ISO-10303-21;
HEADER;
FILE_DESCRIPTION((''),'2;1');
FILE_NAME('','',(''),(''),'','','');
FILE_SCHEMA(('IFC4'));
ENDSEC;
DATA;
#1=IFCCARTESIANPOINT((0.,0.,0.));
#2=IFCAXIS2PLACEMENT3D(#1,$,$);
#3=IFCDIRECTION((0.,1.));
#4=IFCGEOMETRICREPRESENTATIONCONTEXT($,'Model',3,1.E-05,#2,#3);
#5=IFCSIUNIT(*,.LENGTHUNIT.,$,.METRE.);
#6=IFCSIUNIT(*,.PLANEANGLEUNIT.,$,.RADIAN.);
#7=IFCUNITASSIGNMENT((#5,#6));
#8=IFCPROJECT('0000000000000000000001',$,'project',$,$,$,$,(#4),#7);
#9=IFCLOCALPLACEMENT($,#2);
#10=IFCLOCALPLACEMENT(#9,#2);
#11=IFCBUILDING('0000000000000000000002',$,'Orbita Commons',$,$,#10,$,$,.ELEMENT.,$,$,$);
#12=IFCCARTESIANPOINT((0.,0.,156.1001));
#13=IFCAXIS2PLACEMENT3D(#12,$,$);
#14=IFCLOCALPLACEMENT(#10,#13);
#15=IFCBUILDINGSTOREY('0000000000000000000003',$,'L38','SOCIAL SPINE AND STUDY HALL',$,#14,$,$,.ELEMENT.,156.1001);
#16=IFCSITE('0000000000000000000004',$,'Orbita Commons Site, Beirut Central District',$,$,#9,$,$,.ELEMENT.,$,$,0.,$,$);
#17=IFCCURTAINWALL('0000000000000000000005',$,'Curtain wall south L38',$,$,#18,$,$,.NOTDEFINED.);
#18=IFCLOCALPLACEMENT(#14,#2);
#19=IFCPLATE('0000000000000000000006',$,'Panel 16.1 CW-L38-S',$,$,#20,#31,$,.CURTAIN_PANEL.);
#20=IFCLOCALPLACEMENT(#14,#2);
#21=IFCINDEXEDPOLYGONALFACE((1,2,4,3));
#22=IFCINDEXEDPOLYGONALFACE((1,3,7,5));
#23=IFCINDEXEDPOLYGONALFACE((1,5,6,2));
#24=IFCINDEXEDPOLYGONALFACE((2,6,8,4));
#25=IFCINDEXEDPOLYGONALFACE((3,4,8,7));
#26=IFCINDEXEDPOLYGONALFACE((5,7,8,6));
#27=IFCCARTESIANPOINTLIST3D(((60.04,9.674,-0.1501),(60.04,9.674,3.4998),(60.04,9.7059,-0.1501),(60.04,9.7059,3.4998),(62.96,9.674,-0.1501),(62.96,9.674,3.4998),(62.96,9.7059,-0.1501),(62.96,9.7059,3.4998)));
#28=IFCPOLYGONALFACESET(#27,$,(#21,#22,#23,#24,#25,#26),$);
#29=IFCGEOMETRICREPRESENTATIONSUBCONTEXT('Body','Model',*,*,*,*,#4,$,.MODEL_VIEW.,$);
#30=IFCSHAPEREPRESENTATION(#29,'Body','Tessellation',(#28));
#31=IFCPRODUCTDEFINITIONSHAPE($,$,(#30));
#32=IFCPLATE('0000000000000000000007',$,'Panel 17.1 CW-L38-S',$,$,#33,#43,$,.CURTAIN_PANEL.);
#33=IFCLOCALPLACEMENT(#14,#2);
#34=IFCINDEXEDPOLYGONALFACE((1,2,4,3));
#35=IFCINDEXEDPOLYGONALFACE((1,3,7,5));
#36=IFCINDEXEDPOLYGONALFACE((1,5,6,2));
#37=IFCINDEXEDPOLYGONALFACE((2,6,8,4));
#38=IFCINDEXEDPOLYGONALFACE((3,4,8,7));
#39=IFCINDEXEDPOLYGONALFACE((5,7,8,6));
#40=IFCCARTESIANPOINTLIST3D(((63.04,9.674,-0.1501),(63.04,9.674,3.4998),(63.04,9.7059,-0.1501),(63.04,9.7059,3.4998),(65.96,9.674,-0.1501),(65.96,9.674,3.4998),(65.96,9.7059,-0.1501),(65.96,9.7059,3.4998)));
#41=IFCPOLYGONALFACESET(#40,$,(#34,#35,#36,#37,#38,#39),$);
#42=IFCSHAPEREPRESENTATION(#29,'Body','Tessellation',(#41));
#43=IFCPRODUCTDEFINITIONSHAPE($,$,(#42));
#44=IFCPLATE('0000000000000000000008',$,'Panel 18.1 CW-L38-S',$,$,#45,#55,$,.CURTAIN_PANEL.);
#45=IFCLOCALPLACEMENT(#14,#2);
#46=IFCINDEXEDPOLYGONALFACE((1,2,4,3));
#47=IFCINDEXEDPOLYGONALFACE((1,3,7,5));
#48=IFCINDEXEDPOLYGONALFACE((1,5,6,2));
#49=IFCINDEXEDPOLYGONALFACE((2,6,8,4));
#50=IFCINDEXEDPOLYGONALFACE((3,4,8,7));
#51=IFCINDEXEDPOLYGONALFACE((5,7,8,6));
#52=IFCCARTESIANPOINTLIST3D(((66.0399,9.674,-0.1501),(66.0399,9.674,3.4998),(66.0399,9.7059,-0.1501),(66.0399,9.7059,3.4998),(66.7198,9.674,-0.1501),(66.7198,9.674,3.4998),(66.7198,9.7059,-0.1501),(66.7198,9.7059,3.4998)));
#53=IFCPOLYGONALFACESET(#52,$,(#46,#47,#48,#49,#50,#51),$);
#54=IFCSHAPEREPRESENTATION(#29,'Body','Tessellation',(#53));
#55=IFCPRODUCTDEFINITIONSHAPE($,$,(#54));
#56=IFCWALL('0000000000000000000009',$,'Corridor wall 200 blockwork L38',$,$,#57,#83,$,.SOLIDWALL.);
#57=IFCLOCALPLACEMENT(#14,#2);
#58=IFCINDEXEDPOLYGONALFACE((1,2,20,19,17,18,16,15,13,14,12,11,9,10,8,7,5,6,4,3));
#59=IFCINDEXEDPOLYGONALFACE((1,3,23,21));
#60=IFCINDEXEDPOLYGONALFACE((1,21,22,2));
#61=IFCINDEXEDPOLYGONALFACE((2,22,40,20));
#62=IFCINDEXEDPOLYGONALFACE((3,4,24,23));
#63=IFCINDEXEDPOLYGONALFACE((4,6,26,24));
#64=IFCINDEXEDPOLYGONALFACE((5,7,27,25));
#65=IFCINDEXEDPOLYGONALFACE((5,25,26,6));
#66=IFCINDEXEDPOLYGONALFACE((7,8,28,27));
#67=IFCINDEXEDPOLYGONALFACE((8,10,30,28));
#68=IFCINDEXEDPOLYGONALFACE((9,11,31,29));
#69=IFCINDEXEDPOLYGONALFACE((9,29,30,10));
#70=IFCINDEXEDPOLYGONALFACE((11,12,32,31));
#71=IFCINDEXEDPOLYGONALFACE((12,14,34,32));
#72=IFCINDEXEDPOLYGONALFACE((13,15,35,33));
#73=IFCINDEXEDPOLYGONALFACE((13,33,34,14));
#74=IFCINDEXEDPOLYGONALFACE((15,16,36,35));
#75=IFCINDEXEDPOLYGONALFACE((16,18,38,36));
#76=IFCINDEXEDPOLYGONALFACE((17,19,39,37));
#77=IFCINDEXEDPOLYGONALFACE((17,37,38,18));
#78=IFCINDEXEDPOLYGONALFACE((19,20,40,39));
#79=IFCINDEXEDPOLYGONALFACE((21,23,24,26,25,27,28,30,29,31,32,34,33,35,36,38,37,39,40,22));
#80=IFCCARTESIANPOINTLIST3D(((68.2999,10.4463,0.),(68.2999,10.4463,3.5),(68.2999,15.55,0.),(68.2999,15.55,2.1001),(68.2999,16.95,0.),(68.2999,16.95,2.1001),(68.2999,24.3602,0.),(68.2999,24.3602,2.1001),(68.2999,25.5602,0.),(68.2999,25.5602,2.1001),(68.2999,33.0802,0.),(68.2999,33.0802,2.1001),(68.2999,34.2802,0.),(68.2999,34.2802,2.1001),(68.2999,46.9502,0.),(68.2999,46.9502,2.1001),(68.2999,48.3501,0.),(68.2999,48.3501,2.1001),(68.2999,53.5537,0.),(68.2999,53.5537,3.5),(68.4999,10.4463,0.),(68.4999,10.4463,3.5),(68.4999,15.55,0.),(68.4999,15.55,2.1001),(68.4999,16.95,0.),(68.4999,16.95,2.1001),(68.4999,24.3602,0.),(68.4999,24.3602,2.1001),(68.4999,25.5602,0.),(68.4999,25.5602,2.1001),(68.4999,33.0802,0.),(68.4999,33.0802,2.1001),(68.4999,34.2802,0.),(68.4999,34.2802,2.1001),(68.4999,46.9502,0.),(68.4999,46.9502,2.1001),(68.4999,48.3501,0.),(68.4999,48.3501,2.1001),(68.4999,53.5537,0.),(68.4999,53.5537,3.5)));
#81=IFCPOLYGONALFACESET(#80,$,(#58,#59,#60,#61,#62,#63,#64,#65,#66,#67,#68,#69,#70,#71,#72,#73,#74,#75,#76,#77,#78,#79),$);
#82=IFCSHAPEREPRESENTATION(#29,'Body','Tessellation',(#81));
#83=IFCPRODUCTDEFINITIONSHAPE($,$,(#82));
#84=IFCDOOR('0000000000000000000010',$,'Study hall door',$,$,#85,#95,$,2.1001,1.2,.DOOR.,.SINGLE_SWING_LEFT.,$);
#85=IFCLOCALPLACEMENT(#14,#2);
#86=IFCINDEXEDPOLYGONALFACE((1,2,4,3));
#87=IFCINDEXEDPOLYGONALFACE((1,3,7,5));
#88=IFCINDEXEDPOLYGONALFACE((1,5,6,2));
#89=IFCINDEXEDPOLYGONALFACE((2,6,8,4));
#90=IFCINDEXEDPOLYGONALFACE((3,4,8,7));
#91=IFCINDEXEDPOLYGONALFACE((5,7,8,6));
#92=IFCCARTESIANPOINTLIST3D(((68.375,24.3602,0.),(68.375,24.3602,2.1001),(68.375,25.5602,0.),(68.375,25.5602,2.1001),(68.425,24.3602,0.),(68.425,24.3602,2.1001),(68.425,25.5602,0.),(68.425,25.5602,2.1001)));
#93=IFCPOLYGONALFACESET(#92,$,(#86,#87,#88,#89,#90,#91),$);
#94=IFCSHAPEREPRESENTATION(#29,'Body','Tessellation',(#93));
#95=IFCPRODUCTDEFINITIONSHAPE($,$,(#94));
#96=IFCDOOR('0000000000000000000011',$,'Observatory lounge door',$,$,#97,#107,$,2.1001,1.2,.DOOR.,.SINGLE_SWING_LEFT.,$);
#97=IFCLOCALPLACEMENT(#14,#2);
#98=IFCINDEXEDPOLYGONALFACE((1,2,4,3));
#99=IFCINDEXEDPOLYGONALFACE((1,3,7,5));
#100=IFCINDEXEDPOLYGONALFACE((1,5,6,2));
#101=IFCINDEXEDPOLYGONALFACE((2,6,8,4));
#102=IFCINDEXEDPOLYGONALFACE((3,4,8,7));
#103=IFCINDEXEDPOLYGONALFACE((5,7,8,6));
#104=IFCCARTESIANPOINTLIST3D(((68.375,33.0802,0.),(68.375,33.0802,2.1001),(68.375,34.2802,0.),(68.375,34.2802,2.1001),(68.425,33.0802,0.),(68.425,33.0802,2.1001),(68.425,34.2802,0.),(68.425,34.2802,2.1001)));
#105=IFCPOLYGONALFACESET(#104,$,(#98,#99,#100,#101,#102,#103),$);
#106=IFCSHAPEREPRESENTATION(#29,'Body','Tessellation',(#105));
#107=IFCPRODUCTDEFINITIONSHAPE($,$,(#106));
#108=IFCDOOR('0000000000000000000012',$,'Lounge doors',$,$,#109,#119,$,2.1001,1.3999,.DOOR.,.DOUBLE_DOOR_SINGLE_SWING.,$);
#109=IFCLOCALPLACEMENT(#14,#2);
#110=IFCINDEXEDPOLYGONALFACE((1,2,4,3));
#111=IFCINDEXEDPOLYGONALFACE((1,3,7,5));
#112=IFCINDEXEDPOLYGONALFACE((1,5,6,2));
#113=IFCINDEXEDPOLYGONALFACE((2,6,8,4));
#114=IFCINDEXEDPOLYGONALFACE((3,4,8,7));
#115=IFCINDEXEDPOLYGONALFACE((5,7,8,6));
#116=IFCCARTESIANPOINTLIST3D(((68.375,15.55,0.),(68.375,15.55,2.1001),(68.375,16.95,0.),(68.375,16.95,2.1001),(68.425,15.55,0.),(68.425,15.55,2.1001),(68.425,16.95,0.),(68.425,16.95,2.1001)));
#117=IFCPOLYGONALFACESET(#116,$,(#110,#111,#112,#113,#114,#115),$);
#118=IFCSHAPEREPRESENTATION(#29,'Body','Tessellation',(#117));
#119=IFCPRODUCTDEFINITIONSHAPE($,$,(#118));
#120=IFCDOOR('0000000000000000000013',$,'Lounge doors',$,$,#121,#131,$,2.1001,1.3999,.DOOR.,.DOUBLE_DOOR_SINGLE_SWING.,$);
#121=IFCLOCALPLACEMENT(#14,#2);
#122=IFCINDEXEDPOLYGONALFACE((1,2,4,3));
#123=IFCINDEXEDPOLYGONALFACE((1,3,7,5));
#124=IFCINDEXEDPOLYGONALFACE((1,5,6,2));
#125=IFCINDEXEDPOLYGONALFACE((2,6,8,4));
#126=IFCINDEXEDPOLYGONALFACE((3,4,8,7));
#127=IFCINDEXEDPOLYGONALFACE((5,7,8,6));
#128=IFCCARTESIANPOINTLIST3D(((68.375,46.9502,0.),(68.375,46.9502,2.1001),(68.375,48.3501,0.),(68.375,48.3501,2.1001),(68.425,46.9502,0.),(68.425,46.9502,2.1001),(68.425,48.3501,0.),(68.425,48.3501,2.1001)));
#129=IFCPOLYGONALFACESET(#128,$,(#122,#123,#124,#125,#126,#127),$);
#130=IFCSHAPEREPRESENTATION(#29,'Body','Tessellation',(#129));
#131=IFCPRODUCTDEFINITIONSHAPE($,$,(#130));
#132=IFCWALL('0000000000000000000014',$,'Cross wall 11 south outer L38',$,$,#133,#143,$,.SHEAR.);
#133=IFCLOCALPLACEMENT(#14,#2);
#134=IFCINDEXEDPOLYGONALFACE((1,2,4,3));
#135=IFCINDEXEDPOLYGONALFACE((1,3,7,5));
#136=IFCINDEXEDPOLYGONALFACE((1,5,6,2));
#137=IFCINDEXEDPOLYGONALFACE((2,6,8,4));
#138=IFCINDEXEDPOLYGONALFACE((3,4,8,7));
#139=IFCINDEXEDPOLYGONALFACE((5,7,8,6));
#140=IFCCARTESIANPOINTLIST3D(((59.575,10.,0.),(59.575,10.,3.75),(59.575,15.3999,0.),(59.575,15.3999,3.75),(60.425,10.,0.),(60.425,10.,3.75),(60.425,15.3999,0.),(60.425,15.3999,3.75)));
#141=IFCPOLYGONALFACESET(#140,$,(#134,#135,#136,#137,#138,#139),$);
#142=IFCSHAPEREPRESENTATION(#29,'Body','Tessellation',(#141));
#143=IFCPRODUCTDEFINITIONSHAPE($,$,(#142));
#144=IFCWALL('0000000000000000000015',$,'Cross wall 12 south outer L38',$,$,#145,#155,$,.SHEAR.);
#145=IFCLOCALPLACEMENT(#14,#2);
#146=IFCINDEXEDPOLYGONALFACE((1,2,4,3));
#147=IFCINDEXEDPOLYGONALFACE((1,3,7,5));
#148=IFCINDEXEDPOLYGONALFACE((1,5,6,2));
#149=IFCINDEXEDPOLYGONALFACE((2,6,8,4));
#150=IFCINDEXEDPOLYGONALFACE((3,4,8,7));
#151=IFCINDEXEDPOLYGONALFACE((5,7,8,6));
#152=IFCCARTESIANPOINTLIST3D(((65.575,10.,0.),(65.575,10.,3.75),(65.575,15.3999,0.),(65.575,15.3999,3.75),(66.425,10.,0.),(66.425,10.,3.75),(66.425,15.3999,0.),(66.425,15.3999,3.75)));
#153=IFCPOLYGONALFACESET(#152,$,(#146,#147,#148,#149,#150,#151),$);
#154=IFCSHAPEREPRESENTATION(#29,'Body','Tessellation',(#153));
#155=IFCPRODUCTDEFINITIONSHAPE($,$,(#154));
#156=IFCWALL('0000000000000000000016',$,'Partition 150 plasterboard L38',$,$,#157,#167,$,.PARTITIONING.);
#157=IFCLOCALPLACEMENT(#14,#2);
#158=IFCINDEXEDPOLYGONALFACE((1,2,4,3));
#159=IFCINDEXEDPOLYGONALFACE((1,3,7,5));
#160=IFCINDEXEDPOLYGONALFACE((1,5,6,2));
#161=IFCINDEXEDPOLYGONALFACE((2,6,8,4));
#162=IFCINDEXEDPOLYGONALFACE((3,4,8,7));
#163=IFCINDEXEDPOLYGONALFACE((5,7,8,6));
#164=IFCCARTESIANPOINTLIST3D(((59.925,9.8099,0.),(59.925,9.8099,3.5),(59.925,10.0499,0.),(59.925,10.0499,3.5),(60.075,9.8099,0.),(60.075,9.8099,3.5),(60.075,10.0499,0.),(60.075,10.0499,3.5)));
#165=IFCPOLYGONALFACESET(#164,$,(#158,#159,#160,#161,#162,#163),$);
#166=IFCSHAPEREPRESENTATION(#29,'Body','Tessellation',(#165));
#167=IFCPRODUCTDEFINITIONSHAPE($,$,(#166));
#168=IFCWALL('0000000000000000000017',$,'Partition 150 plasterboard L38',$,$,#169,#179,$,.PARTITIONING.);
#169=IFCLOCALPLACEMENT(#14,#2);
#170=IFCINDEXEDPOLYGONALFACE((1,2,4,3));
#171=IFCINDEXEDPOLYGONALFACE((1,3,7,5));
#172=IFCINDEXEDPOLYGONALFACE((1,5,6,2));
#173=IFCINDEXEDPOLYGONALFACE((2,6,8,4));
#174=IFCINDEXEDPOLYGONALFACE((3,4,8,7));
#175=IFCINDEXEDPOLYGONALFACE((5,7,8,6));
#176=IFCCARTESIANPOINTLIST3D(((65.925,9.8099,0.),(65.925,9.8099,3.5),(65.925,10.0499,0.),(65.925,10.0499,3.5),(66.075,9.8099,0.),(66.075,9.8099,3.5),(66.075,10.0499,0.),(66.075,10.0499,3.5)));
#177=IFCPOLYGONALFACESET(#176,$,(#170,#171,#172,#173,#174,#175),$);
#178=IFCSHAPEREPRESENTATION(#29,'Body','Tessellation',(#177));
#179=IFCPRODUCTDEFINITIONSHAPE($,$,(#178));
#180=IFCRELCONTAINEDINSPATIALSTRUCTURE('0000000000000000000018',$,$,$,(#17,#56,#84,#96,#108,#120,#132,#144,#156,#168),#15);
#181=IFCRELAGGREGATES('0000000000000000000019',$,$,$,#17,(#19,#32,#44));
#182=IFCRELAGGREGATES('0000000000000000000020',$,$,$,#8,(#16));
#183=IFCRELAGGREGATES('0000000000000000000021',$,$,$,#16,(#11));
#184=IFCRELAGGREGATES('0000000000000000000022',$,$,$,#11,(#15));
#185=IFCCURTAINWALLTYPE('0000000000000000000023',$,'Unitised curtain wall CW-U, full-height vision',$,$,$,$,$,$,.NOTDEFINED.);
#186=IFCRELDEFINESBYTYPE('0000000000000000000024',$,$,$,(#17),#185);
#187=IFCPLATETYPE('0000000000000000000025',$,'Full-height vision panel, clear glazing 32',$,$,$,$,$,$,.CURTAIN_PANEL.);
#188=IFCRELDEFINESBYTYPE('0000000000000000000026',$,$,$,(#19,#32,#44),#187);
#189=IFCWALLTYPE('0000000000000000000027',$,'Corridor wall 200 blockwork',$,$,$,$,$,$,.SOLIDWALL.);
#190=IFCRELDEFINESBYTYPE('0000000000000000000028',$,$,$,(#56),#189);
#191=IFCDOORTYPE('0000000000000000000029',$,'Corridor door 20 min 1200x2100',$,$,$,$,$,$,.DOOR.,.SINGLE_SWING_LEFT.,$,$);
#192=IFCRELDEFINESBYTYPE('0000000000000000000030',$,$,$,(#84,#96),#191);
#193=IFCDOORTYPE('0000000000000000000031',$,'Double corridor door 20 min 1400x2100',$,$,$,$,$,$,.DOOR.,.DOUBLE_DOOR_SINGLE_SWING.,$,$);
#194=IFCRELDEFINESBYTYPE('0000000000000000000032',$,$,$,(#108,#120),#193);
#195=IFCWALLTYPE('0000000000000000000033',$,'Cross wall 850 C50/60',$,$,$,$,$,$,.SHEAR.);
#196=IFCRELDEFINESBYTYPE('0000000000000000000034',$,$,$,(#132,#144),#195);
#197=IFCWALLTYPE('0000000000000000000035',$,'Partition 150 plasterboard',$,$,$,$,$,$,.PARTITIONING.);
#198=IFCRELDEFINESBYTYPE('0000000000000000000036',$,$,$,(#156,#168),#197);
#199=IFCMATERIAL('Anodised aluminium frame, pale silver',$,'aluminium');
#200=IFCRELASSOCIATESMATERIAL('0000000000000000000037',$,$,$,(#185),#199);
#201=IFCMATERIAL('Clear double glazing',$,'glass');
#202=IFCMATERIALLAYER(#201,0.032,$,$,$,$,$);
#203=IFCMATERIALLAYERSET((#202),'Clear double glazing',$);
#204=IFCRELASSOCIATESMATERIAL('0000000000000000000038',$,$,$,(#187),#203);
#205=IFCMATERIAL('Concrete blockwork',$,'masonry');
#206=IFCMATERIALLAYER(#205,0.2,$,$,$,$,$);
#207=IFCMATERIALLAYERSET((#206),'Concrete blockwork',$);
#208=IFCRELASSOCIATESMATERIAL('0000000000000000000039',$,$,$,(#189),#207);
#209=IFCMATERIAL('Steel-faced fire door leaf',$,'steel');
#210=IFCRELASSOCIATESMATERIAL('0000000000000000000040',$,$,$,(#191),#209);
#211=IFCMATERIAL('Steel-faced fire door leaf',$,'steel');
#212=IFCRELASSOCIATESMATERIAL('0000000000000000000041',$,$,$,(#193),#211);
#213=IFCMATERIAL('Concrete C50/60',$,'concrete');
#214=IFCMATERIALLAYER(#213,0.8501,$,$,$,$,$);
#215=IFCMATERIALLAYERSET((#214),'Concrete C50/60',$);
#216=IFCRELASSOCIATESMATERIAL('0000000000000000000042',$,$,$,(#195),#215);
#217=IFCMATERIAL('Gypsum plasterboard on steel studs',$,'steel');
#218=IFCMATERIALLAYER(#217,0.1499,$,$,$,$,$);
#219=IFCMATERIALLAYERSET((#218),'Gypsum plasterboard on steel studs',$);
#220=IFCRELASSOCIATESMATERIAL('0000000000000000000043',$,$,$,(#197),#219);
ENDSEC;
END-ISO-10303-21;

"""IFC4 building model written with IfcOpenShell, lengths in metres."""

from ifc_helpers import new_model, si_unit, direction, frame, frame_2d, origin, origin_2d, place, context, subcontext, project, spatial, rectangle, extrude, material, layer, layer_set, type_object, element, fill, aggregate, save


model = new_model("IFC4")

# Units and contexts
model_context = context("Model", 3, precision=1e-05, world=origin(), true_north=direction((0.0, 1.0)))
body_context = subcontext(model_context, "Body", "Model", "MODEL_VIEW")
ifc_project = project(units=[si_unit("LENGTHUNIT", "METRE"), si_unit("PLANEANGLEUNIT", "RADIAN")], contexts=[model_context])

# Site, building, storey
site_placement = place(None, origin())
site = spatial("IfcSite", under=ifc_project, at=site_placement, Name="Orbita Commons Site, Beirut Central District", CompositionType="ELEMENT", RefElevation=0.0)
building_placement = place(site_placement, origin())
building = spatial("IfcBuilding", under=site, at=building_placement, Name="Orbita Commons", CompositionType="ELEMENT")
storey_placement = place(building_placement, frame((0.0, 0.0, 156.1001)))
storey = spatial("IfcBuildingStorey", under=building, at=storey_placement, Name="L38", Description="SOCIAL SPINE AND STUDY HALL", CompositionType="ELEMENT", Elevation=156.1001)

# Curtain wall
ifc_material_1 = material(Name="Anodised aluminium frame, pale silver", Category="aluminium")
curtain_wall_type = type_object("IfcCurtainWallType", Name="Unitised curtain wall CW-U, full-height vision", PredefinedType="NOTDEFINED", material=ifc_material_1)
curtain_wall_placement = place(storey_placement, origin())
curtain_wall = element("IfcCurtainWall", 1, at=curtain_wall_placement, inside=storey, type_object=curtain_wall_type, Name="Curtain wall south L38", PredefinedType="NOTDEFINED")

# Plates
ifc_material_2 = material(Name="Clear double glazing", Category="glass")
ifc_layer_1 = layer(ifc_material_2, 0.032)
ifc_layer_set_1 = layer_set([ifc_layer_1], Name="Clear double glazing")
plate_type = type_object("IfcPlateType", Name="Full-height vision panel, clear glazing 32", PredefinedType="CURTAIN_PANEL", material=ifc_layer_set_1)
plate_1_placement = place(storey_placement, frame((61.5, 9.6899, -0.1501), z_axis=(0.0, 0.0, 1.0), x_axis=(1.0, 0.0, 0.0)))
plate_1 = element("IfcPlate", 2, at=plate_1_placement, type_object=plate_type, Name="Panel 16.1 CW-L38-S", PredefinedType="CURTAIN_PANEL", context=body_context, shape_type="SweptSolid", body=[
    extrude(rectangle(XDim=2.9199, YDim=0.032, at=origin_2d()), origin(), (0.0, 0.0, 1.0), 3.6499),
])
plate_2_placement = place(storey_placement, frame((64.5, 9.6899, -0.1501), z_axis=(0.0, 0.0, 1.0), x_axis=(1.0, 0.0, 0.0)))
plate_2 = element("IfcPlate", 3, at=plate_2_placement, type_object=plate_type, Name="Panel 17.1 CW-L38-S", PredefinedType="CURTAIN_PANEL", context=body_context, shape_type="SweptSolid", body=[
    extrude(rectangle(XDim=2.9199, YDim=0.032, at=origin_2d()), origin(), (0.0, 0.0, 1.0), 3.6499),
])
plate_3_placement = place(storey_placement, frame((66.3799, 9.6899, -0.1501), z_axis=(0.0, 0.0, 1.0), x_axis=(1.0, 0.0, 0.0)))
plate_3 = element("IfcPlate", 4, at=plate_3_placement, type_object=plate_type, Name="Panel 18.1 CW-L38-S", PredefinedType="CURTAIN_PANEL", context=body_context, shape_type="SweptSolid", body=[
    extrude(rectangle(XDim=0.6799, YDim=0.032, at=origin_2d()), origin(), (0.0, 0.0, 1.0), 3.6499),
])
aggregate(curtain_wall, [plate_1, plate_2, plate_3])

# Wall, openings, doors
ifc_material_3 = material(Name="Concrete blockwork", Category="masonry")
ifc_layer_2 = layer(ifc_material_3, 0.2)
ifc_layer_set_2 = layer_set([ifc_layer_2], Name="Concrete blockwork")
wall_type_1 = type_object("IfcWallType", Name="Corridor wall 200 blockwork", PredefinedType="SOLIDWALL", material=ifc_layer_set_2)
wall_1_placement = place(storey_placement, frame((68.3999, 10.4463, 0.0), z_axis=(0.0, 0.0, 1.0), x_axis=(0.0, 1.0, 0.0)))
wall_1 = element("IfcWall", 5, at=wall_1_placement, inside=storey, type_object=wall_type_1, Name="Corridor wall 200 blockwork L38", PredefinedType="SOLIDWALL", context=body_context, shape_type="SweptSolid", body=[
    extrude(rectangle(XDim=43.1074, YDim=0.2, at=frame_2d((21.5537, 0.0))), origin(), (0.0, 0.0, 1.0), 3.5),
])
opening_1_placement = place(wall_1_placement, frame((13.9138, 0.0, 0.0)))
opening_1 = element("IfcOpeningElement", 6, at=opening_1_placement, cuts=wall_1, PredefinedType="OPENING", context=body_context, shape_type="SweptSolid", body=[
    extrude(rectangle(XDim=1.2, YDim=2.1001, at=frame_2d((0.6001, 1.05))), frame((0.0, 0.1099, 0.0), z_axis=(0.0, -1.0, 0.0), x_axis=(1.0, 0.0, 0.0)), (0.0, 0.0, 1.0), 0.22),
])
opening_2_placement = place(wall_1_placement, frame((22.6338, 0.0, 0.0)))
opening_2 = element("IfcOpeningElement", 7, at=opening_2_placement, cuts=wall_1, PredefinedType="OPENING", context=body_context, shape_type="SweptSolid", body=[
    extrude(rectangle(XDim=1.2, YDim=2.1001, at=frame_2d((0.6001, 1.05))), frame((0.0, 0.1099, 0.0), z_axis=(0.0, -1.0, 0.0), x_axis=(1.0, 0.0, 0.0)), (0.0, 0.0, 1.0), 0.22),
])
opening_3_placement = place(wall_1_placement, frame((5.1038, 0.0, 0.0)))
opening_3 = element("IfcOpeningElement", 8, at=opening_3_placement, cuts=wall_1, PredefinedType="OPENING", context=body_context, shape_type="SweptSolid", body=[
    extrude(rectangle(XDim=1.3999, YDim=2.1001, at=frame_2d((0.7, 1.05))), frame((0.0, 0.1099, 0.0), z_axis=(0.0, -1.0, 0.0), x_axis=(1.0, 0.0, 0.0)), (0.0, 0.0, 1.0), 0.22),
])
opening_4_placement = place(wall_1_placement, frame((36.5039, 0.0, 0.0)))
opening_4 = element("IfcOpeningElement", 9, at=opening_4_placement, cuts=wall_1, PredefinedType="OPENING", context=body_context, shape_type="SweptSolid", body=[
    extrude(rectangle(XDim=1.3999, YDim=2.1001, at=frame_2d((0.7, 1.05))), frame((0.0, 0.1099, 0.0), z_axis=(0.0, -1.0, 0.0), x_axis=(1.0, 0.0, 0.0)), (0.0, 0.0, 1.0), 0.22),
])
ifc_material_4 = material(Name="Steel-faced fire door leaf", Category="steel")
door_type_1 = type_object("IfcDoorType", Name="Corridor door 20 min 1200x2100", OperationType="SINGLE_SWING_LEFT", PredefinedType="DOOR", material=ifc_material_4)
door_1_placement = place(opening_1_placement, origin())
door_1 = element("IfcDoor", 10, at=door_1_placement, inside=storey, type_object=door_type_1, Name="Study hall door", OperationType="SINGLE_SWING_LEFT", OverallHeight=2.1001, OverallWidth=1.2, PredefinedType="DOOR", context=body_context, shape_type="SweptSolid", body=[
    extrude(rectangle(XDim=1.2, YDim=2.1001, at=frame_2d((0.6001, 1.05))), frame((0.0, 0.0249, 0.0), z_axis=(0.0, -1.0, 0.0), x_axis=(1.0, 0.0, 0.0)), (0.0, 0.0, 1.0), 0.05),
])
fill(opening_1, door_1)
door_2_placement = place(opening_2_placement, origin())
door_2 = element("IfcDoor", 11, at=door_2_placement, inside=storey, type_object=door_type_1, Name="Observatory lounge door", OperationType="SINGLE_SWING_LEFT", OverallHeight=2.1001, OverallWidth=1.2, PredefinedType="DOOR", context=body_context, shape_type="SweptSolid", body=[
    extrude(rectangle(XDim=1.2, YDim=2.1001, at=frame_2d((0.6001, 1.05))), frame((0.0, 0.0249, 0.0), z_axis=(0.0, -1.0, 0.0), x_axis=(1.0, 0.0, 0.0)), (0.0, 0.0, 1.0), 0.05),
])
fill(opening_2, door_2)
ifc_material_5 = material(Name="Steel-faced fire door leaf", Category="steel")
door_type_2 = type_object("IfcDoorType", Name="Double corridor door 20 min 1400x2100", OperationType="DOUBLE_DOOR_SINGLE_SWING", PredefinedType="DOOR", material=ifc_material_5)
door_3_placement = place(opening_3_placement, origin())
door_3 = element("IfcDoor", 12, at=door_3_placement, inside=storey, type_object=door_type_2, Name="Lounge doors", OperationType="DOUBLE_DOOR_SINGLE_SWING", OverallHeight=2.1001, OverallWidth=1.3999, PredefinedType="DOOR", context=body_context, shape_type="SweptSolid", body=[
    extrude(rectangle(XDim=1.3999, YDim=2.1001, at=frame_2d((0.7, 1.05))), frame((0.0, 0.0249, 0.0), z_axis=(0.0, -1.0, 0.0), x_axis=(1.0, 0.0, 0.0)), (0.0, 0.0, 1.0), 0.05),
])
fill(opening_3, door_3)
door_4_placement = place(opening_4_placement, origin())
door_4 = element("IfcDoor", 13, at=door_4_placement, inside=storey, type_object=door_type_2, Name="Lounge doors", OperationType="DOUBLE_DOOR_SINGLE_SWING", OverallHeight=2.1001, OverallWidth=1.3999, PredefinedType="DOOR", context=body_context, shape_type="SweptSolid", body=[
    extrude(rectangle(XDim=1.3999, YDim=2.1001, at=frame_2d((0.7, 1.05))), frame((0.0, 0.0249, 0.0), z_axis=(0.0, -1.0, 0.0), x_axis=(1.0, 0.0, 0.0)), (0.0, 0.0, 1.0), 0.05),
])
fill(opening_4, door_4)

# Walls
ifc_material_6 = material(Name="Concrete C50/60", Category="concrete")
ifc_layer_3 = layer(ifc_material_6, 0.8501)
ifc_layer_set_3 = layer_set([ifc_layer_3], Name="Concrete C50/60")
wall_type_2 = type_object("IfcWallType", Name="Cross wall 850 C50/60", PredefinedType="SHEAR", material=ifc_layer_set_3)
for number, where, z_axis, x_axis, name in (
    (14, (60.0, 10.0, 0.0), (0.0, 0.0, 1.0), (0.0, 1.0, 0.0), "Cross wall 11 south outer L38"),
    (15, (66.0, 10.0, 0.0), (0.0, 0.0, 1.0), (0.0, 1.0, 0.0), "Cross wall 12 south outer L38"),
):
    element("IfcWall", number, at=place(storey_placement, frame(where, z_axis=z_axis, x_axis=x_axis)), inside=storey, type_object=wall_type_2, Name=name, PredefinedType="SHEAR", context=body_context, shape_type="SweptSolid", body=[
        extrude(rectangle(XDim=5.3999, YDim=0.8501, at=frame_2d((2.7, 0.0))), origin(), (0.0, 0.0, 1.0), 3.75),
    ])
ifc_material_7 = material(Name="Gypsum plasterboard on steel studs", Category="steel")
ifc_layer_4 = layer(ifc_material_7, 0.1499)
ifc_layer_set_4 = layer_set([ifc_layer_4], Name="Gypsum plasterboard on steel studs")
wall_type_3 = type_object("IfcWallType", Name="Partition 150 plasterboard", PredefinedType="PARTITIONING", material=ifc_layer_set_4)
for number, where, z_axis, x_axis, name in (
    (16, (60.0, 10.05, 0.0), (0.0, 0.0, 1.0), (0.0, -1.0, 0.0), "Partition 150 plasterboard L38"),
    (17, (66.0, 10.05, 0.0), (0.0, 0.0, 1.0), (0.0, -1.0, 0.0), "Partition 150 plasterboard L38"),
):
    element("IfcWall", number, at=place(storey_placement, frame(where, z_axis=z_axis, x_axis=x_axis)), inside=storey, type_object=wall_type_3, Name=name, PredefinedType="PARTITIONING", context=body_context, shape_type="SweptSolid", body=[
        extrude(rectangle(XDim=0.24, YDim=0.1499, at=frame_2d((0.1201, 0.0))), origin(), (0.0, 0.0, 1.0), 3.5),
    ])

save(model, "model.ifc")
